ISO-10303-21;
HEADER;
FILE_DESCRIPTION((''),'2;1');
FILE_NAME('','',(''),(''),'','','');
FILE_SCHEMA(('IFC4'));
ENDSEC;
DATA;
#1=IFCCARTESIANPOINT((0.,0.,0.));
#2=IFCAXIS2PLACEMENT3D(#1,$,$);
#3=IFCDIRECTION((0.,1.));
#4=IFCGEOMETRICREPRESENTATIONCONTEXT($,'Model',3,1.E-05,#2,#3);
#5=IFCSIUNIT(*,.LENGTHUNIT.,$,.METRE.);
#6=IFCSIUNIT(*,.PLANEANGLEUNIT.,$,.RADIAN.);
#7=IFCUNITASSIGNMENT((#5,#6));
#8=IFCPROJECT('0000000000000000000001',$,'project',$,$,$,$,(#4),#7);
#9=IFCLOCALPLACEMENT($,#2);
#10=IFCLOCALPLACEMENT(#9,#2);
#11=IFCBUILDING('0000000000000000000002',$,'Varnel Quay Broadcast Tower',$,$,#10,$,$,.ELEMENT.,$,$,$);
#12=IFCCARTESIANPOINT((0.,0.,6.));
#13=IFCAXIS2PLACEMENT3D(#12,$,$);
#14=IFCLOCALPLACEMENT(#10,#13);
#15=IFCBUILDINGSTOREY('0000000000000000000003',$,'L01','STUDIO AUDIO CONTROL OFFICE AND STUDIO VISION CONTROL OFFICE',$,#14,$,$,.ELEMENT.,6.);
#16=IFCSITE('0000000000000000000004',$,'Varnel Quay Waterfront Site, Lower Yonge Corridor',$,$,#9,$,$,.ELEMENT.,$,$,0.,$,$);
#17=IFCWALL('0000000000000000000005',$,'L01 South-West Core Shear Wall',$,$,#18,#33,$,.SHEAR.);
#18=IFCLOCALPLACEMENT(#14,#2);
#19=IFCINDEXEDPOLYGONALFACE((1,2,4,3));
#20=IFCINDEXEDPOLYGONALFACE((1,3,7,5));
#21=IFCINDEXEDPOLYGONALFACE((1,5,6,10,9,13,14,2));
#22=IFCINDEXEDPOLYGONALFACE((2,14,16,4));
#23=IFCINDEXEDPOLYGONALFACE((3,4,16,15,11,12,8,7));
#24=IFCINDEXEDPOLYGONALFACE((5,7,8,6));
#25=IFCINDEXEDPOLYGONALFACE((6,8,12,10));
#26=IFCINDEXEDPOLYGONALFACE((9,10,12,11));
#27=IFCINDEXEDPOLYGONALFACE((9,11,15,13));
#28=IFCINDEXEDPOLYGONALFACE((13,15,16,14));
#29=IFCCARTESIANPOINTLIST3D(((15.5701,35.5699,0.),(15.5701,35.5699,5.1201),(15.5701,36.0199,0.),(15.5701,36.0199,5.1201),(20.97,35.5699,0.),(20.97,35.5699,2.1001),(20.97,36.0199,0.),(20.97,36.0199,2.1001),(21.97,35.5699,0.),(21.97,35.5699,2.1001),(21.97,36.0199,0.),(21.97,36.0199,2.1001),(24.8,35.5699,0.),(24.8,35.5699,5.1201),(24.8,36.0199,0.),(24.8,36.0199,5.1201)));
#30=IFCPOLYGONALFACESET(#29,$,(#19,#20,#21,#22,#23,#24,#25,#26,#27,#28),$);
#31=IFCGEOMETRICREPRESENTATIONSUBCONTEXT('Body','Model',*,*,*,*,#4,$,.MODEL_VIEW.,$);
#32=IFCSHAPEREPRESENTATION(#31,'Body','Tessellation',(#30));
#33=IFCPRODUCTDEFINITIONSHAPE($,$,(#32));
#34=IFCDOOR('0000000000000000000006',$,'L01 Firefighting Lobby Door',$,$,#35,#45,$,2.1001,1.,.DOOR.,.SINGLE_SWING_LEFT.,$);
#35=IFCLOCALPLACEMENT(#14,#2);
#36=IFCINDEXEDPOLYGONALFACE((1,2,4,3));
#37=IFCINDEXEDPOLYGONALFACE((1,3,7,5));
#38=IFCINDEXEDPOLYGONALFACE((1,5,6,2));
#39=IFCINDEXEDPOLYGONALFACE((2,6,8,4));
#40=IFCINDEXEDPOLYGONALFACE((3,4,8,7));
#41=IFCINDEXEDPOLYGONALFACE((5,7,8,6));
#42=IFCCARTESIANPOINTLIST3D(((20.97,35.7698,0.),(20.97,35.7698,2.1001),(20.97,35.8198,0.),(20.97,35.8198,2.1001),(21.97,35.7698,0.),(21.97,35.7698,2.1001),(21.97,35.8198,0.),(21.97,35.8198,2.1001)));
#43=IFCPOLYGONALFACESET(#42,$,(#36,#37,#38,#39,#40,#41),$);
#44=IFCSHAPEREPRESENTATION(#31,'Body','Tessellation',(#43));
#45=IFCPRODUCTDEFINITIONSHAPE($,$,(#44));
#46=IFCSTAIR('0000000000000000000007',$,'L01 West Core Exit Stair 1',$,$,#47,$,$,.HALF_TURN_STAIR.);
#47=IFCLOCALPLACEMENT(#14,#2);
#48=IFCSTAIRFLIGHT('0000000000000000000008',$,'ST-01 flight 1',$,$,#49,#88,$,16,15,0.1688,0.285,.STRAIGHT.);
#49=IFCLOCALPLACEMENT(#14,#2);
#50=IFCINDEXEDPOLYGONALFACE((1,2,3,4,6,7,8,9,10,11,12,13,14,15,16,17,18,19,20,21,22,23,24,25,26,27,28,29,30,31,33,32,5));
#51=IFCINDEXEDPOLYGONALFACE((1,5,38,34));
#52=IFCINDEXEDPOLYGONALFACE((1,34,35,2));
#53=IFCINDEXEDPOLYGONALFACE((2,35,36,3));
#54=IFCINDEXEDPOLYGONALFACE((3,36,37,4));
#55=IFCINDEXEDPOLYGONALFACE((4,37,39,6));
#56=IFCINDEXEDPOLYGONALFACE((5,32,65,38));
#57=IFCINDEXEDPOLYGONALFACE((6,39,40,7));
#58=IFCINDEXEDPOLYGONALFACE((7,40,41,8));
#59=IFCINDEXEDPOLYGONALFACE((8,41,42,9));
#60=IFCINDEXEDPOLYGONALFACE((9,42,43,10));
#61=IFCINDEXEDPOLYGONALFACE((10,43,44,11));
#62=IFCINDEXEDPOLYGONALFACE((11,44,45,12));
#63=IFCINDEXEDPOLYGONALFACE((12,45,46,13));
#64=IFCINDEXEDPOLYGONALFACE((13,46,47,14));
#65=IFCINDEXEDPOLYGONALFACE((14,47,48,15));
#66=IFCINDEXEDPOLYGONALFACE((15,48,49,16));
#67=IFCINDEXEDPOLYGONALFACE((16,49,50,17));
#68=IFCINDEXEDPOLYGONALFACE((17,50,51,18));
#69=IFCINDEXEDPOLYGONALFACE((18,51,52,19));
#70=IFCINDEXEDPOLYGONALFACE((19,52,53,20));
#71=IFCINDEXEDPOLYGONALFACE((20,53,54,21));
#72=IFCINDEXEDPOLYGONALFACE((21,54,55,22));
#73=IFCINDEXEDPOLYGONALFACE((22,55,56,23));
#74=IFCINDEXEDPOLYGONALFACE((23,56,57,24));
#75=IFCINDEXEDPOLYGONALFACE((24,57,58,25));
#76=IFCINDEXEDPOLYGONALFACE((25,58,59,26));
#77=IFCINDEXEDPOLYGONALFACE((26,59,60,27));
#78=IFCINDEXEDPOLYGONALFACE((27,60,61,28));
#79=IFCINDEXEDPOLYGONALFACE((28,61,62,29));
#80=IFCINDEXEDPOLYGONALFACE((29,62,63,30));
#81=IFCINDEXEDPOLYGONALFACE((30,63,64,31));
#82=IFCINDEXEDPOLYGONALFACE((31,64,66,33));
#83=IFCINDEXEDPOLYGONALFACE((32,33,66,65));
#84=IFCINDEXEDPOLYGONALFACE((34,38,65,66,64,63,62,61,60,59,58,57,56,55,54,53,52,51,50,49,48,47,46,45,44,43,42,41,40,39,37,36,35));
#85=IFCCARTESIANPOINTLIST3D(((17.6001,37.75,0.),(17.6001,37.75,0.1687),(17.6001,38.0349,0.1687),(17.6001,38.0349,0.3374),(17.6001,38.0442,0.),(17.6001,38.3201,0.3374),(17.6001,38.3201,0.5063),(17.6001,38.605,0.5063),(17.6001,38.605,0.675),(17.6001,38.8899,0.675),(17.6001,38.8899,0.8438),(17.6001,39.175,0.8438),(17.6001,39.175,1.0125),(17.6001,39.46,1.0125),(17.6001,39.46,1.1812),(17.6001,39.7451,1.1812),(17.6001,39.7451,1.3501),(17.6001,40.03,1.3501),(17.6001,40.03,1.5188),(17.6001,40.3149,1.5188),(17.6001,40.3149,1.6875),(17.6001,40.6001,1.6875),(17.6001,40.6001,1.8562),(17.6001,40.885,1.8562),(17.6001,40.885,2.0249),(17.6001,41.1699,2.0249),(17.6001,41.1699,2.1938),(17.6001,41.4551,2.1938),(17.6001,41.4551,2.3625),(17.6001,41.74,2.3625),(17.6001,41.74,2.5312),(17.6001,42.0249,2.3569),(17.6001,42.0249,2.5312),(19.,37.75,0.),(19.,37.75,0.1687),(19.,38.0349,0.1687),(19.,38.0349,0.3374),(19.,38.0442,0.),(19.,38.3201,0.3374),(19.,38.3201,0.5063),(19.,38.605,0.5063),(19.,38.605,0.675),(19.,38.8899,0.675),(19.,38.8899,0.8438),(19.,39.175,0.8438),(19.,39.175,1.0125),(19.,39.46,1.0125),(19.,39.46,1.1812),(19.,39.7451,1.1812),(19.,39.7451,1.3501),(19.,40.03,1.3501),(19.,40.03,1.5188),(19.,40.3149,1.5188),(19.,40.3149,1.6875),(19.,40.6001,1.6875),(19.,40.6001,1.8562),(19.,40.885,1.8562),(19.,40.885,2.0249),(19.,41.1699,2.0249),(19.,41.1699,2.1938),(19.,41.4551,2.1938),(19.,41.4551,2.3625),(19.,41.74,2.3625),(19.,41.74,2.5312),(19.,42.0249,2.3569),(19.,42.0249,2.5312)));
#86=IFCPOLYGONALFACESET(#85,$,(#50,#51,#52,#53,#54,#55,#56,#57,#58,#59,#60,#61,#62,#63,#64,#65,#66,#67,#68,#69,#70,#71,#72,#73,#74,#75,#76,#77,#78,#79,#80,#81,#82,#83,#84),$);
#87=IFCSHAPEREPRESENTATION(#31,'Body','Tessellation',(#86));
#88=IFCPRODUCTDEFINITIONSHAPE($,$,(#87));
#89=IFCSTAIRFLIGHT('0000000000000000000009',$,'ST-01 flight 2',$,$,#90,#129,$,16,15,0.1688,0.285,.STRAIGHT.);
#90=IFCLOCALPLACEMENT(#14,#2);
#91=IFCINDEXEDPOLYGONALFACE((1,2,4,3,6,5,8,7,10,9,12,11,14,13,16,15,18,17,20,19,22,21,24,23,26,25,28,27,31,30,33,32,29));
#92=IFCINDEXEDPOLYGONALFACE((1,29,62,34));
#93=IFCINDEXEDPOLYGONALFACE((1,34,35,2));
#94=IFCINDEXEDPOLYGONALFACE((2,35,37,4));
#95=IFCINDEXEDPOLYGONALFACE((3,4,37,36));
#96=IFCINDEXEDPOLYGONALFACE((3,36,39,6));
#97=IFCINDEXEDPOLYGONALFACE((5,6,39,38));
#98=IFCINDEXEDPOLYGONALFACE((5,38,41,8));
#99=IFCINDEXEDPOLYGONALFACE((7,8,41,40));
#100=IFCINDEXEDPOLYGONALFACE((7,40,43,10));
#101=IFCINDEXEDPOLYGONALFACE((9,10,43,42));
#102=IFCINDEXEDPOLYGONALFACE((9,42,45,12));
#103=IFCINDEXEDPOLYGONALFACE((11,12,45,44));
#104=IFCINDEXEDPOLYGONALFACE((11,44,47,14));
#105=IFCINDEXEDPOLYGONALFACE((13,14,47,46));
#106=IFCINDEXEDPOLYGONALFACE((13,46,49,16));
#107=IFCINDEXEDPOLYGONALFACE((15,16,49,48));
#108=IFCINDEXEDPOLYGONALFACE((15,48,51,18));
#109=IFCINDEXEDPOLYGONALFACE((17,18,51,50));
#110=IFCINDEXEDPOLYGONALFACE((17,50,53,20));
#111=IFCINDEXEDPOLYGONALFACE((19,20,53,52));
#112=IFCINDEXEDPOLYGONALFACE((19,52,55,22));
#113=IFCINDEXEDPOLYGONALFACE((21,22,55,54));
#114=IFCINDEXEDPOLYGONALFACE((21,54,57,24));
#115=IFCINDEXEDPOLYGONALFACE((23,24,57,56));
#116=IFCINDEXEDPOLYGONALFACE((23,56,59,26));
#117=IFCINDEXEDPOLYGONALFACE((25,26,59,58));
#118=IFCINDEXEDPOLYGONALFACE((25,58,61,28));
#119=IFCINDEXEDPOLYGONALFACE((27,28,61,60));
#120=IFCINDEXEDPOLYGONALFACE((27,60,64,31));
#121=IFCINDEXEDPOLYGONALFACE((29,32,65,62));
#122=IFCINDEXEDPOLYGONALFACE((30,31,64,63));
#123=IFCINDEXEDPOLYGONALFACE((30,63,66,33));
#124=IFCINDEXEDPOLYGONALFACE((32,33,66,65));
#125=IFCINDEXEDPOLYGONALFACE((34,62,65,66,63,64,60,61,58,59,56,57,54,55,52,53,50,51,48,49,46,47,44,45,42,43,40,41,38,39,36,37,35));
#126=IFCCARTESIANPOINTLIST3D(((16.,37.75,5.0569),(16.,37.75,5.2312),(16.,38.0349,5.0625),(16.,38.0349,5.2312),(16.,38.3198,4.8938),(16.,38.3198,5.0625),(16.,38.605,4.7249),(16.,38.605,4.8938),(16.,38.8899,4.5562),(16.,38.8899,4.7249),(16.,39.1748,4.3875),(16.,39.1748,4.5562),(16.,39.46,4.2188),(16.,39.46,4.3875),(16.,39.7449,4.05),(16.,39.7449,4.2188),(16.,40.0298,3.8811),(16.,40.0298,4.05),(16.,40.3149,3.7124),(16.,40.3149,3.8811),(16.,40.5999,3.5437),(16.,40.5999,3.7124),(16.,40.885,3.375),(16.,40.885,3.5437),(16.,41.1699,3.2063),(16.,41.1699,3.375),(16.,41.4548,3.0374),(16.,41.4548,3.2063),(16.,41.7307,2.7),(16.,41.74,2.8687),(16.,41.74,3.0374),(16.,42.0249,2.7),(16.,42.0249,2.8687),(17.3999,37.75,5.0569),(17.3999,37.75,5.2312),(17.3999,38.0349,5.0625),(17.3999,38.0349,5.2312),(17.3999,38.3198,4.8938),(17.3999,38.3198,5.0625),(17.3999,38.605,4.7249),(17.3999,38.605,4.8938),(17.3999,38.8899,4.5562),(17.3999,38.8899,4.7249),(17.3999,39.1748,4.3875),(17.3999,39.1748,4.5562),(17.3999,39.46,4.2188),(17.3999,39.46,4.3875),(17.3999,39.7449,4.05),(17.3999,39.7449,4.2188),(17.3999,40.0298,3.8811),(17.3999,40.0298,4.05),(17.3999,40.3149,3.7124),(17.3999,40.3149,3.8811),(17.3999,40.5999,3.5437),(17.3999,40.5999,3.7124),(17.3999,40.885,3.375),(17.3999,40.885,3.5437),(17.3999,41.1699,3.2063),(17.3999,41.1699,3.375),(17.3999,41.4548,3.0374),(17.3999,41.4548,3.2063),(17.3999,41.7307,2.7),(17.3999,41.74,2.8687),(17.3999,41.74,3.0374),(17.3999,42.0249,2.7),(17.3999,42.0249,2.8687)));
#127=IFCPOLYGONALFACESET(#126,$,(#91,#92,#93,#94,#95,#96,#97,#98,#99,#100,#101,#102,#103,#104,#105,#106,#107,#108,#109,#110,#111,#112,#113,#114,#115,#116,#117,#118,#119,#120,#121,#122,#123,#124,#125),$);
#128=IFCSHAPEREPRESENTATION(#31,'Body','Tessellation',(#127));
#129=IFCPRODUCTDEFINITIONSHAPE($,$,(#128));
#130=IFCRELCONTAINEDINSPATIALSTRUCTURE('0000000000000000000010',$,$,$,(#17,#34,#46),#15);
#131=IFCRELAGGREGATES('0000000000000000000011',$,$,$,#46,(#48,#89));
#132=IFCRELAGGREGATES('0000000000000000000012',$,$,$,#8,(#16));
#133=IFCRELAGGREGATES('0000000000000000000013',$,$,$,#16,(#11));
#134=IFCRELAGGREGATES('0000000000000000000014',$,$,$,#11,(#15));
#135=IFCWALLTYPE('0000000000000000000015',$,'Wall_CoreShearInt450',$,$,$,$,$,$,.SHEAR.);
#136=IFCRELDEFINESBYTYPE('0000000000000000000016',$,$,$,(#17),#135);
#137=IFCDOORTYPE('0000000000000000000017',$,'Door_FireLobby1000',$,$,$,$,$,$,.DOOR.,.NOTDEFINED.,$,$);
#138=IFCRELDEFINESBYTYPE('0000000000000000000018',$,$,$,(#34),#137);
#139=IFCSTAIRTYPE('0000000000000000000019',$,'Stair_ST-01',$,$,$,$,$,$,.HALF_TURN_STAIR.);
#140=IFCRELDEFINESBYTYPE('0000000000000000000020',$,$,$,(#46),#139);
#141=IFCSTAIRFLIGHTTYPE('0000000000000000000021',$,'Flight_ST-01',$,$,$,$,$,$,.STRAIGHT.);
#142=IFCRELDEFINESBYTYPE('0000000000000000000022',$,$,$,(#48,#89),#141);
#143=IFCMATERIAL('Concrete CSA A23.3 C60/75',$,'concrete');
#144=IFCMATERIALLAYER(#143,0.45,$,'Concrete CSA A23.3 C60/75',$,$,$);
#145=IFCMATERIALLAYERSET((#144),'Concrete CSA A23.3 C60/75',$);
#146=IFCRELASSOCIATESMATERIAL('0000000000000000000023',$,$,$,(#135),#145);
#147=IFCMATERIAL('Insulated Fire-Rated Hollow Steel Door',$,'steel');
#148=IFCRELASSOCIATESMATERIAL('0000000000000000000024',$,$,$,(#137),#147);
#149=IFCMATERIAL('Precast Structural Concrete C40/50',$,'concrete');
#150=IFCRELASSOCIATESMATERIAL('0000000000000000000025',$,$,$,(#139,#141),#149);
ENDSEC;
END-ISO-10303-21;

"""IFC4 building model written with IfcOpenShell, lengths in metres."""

from ifc_helpers import new_model, si_unit, direction, frame, frame_2d, origin, place, context, subcontext, project, spatial, polyline, rectangle, outline, extrude, source, transform, mapped, material, layer, layer_set, type_object, type_shapes, element, fill, aggregate, save


model = new_model("IFC4")

# Units and contexts
model_context = context("Model", 3, precision=1e-05, world=origin(), true_north=direction((0.0, 1.0)))
body_context = subcontext(model_context, "Body", "Model", "MODEL_VIEW")
ifc_project = project(units=[si_unit("LENGTHUNIT", "METRE"), si_unit("PLANEANGLEUNIT", "RADIAN")], contexts=[model_context])

# Site, building, storey
site_placement = place(None, origin())
site = spatial("IfcSite", under=ifc_project, at=site_placement, Name="Varnel Quay Waterfront Site, Lower Yonge Corridor", CompositionType="ELEMENT", RefElevation=0.0)
building_placement = place(site_placement, origin())
building = spatial("IfcBuilding", under=site, at=building_placement, Name="Varnel Quay Broadcast Tower", CompositionType="ELEMENT")
storey_placement = place(building_placement, frame((0.0, 0.0, 6.0)))
storey = spatial("IfcBuildingStorey", under=building, at=storey_placement, Name="L01", Description="STUDIO AUDIO CONTROL OFFICE AND STUDIO VISION CONTROL OFFICE", CompositionType="ELEMENT", Elevation=6.0)

# Shared definitions
ifc_material_1 = material(Name="Insulated Fire-Rated Hollow Steel Door", Category="steel")

# Shared definitions
ifc_material_2 = material(Name="Concrete CSA A23.3 C60/75", Category="concrete")
ifc_layer_1 = layer(ifc_material_2, 0.45, Name="Concrete CSA A23.3 C60/75")
ifc_layer_set_1 = layer_set([ifc_layer_1], Name="Concrete CSA A23.3 C60/75")
wall_type_1 = type_object("IfcWallType", Name="Wall_CoreShearInt450", PredefinedType="SHEAR", material=ifc_layer_set_1)

# Wall, opening, door
wall_1_placement = place(storey_placement, frame((15.5701, 35.7949, 0.0), z_axis=(0.0, 0.0, 1.0), x_axis=(1.0, 0.0, 0.0)))
wall_1 = element("IfcWall", 1, at=wall_1_placement, inside=storey, type_object=wall_type_1, Name="L01 South-West Core Shear Wall", PredefinedType="SHEAR", context=body_context, shape_type="SweptSolid", body=[
    extrude(rectangle(XDim=9.23, YDim=0.45, at=frame_2d((4.615, 0.0))), origin(), (0.0, 0.0, 1.0), 5.1201),
])
opening_1_placement = place(wall_1_placement, frame((5.3999, 0.0, 0.0)))
opening_1 = element("IfcOpeningElement", 2, at=opening_1_placement, cuts=wall_1, PredefinedType="OPENING", context=body_context, shape_type="SweptSolid", body=[
    extrude(rectangle(XDim=1.0, YDim=2.1001, at=frame_2d((0.5, 1.05))), frame((0.0, 0.2349, 0.0), z_axis=(0.0, -1.0, 0.0), x_axis=(1.0, 0.0, 0.0)), (0.0, 0.0, 1.0), 0.47),
])
door_type_1 = type_object("IfcDoorType", Name="Door_FireLobby1000", OperationType="NOTDEFINED", PredefinedType="DOOR", material=ifc_material_1)
shared_shape_1 = source(origin(), body_context, "Body", "SweptSolid", [
    extrude(rectangle(XDim=1.0, YDim=2.1001, at=frame_2d((0.5, 1.05))), frame((0.0, 0.0249, 0.0), z_axis=(0.0, -1.0, 0.0), x_axis=(1.0, 0.0, 0.0)), (0.0, 0.0, 1.0), 0.05),
])
type_shapes(door_type_1, [shared_shape_1])
door_1_placement = place(opening_1_placement, origin())
door_1 = element("IfcDoor", 3, at=door_1_placement, inside=storey, type_object=door_type_1, Name="L01 Firefighting Lobby Door", OperationType="SINGLE_SWING_LEFT", OverallHeight=2.1001, OverallWidth=1.0, PredefinedType="DOOR", context=body_context, shape_type="MappedRepresentation", body=[
    mapped(shared_shape_1, transform((0.0, 0.0, 0.0), x_axis=(1.0, 0.0, 0.0), y_axis=(0.0, 1.0, 0.0), z_axis=(0.0, 0.0, 1.0), scale=1.0)),
])
fill(opening_1, door_1)

# Stair, stair flights
ifc_material_3 = material(Name="Precast Structural Concrete C40/50", Category="concrete")
stair_type = type_object("IfcStairType", Name="Stair_ST-01", PredefinedType="HALF_TURN_STAIR", material=ifc_material_3)
stair_placement = place(storey_placement, origin())
stair = element("IfcStair", 4, at=stair_placement, inside=storey, type_object=stair_type, Name="L01 West Core Exit Stair 1", PredefinedType="HALF_TURN_STAIR")
stair_flight_type = type_object("IfcStairFlightType", Name="Flight_ST-01", PredefinedType="STRAIGHT", material=ifc_material_3)
stair_flight_1_placement = place(storey_placement, frame((18.3, 37.75, 0.0), z_axis=(0.0, 0.0, 1.0), x_axis=(0.0, 1.0, 0.0)))
stair_flight_1 = element("IfcStairFlight", 5, at=stair_flight_1_placement, type_object=stair_flight_type, Name="ST-01 flight 1", NumberOfRisers=16, NumberOfTreads=15, PredefinedType="STRAIGHT", RiserHeight=0.1688, TreadLength=0.285, context=body_context, shape_type="SweptSolid", body=[
    extrude(outline(polyline([(0.0, 0.0), (0.0, 0.1687), (0.2849, 0.1687), (0.2849, 0.3374), (0.5701, 0.3374), (0.5701, 0.5063), (0.855, 0.5063), (0.855, 0.675), (1.1399, 0.675), (1.1399, 0.8438), (1.425, 0.8438), (1.425, 1.0125), (1.71, 1.0125), (1.71, 1.1812), (1.9951, 1.1812), (1.9951, 1.3501), (2.28, 1.3501), (2.28, 1.5188), (2.5649, 1.5188), (2.5649, 1.6875), (2.8501, 1.6875), (2.8501, 1.8562), (3.135, 1.8562), (3.135, 2.0249), (3.4199, 2.0249), (3.4199, 2.1938), (3.7051, 2.1938), (3.7051, 2.3625), (3.99, 2.3625), (3.99, 2.5312), (4.2749, 2.5312), (4.2749, 2.7), (4.2749, 2.3569), (0.2942, 0.0), (0.0, 0.0)])), frame((0.0, 0.7, 0.0), z_axis=(0.0, -1.0, 0.0), x_axis=(1.0, 0.0, 0.0)), (0.0, 0.0, 1.0), 1.3999),
])
stair_flight_2_placement = place(storey_placement, frame((16.7, 42.0249, 2.7), z_axis=(0.0, 0.0, 1.0), x_axis=(0.0, -1.0, 0.0)))
stair_flight_2 = element("IfcStairFlight", 6, at=stair_flight_2_placement, type_object=stair_flight_type, Name="ST-01 flight 2", NumberOfRisers=16, NumberOfTreads=15, PredefinedType="STRAIGHT", RiserHeight=0.1688, TreadLength=0.285, context=body_context, shape_type="SweptSolid", body=[
    extrude(outline(polyline([(0.0, 0.0), (0.0, 0.1687), (0.2849, 0.1687), (0.2849, 0.3374), (0.5701, 0.3374), (0.5701, 0.5063), (0.855, 0.5063), (0.855, 0.675), (1.1399, 0.675), (1.1399, 0.8438), (1.425, 0.8438), (1.425, 1.0125), (1.71, 1.0125), (1.71, 1.1812), (1.9951, 1.1812), (1.9951, 1.3501), (2.28, 1.3501), (2.28, 1.5188), (2.5649, 1.5188), (2.5649, 1.6875), (2.8501, 1.6875), (2.8501, 1.8562), (3.135, 1.8562), (3.135, 2.0249), (3.4199, 2.0249), (3.4199, 2.1938), (3.7051, 2.1938), (3.7051, 2.3625), (3.99, 2.3625), (3.99, 2.5312), (4.2749, 2.5312), (4.2749, 2.7), (4.2749, 2.3569), (0.2942, 0.0), (0.0, 0.0)])), frame((0.0, 0.7, 0.0), z_axis=(0.0, -1.0, 0.0), x_axis=(1.0, 0.0, 0.0)), (0.0, 0.0, 1.0), 1.3999),
])
aggregate(stair, [stair_flight_1, stair_flight_2])

save(model, "model.ifc")
